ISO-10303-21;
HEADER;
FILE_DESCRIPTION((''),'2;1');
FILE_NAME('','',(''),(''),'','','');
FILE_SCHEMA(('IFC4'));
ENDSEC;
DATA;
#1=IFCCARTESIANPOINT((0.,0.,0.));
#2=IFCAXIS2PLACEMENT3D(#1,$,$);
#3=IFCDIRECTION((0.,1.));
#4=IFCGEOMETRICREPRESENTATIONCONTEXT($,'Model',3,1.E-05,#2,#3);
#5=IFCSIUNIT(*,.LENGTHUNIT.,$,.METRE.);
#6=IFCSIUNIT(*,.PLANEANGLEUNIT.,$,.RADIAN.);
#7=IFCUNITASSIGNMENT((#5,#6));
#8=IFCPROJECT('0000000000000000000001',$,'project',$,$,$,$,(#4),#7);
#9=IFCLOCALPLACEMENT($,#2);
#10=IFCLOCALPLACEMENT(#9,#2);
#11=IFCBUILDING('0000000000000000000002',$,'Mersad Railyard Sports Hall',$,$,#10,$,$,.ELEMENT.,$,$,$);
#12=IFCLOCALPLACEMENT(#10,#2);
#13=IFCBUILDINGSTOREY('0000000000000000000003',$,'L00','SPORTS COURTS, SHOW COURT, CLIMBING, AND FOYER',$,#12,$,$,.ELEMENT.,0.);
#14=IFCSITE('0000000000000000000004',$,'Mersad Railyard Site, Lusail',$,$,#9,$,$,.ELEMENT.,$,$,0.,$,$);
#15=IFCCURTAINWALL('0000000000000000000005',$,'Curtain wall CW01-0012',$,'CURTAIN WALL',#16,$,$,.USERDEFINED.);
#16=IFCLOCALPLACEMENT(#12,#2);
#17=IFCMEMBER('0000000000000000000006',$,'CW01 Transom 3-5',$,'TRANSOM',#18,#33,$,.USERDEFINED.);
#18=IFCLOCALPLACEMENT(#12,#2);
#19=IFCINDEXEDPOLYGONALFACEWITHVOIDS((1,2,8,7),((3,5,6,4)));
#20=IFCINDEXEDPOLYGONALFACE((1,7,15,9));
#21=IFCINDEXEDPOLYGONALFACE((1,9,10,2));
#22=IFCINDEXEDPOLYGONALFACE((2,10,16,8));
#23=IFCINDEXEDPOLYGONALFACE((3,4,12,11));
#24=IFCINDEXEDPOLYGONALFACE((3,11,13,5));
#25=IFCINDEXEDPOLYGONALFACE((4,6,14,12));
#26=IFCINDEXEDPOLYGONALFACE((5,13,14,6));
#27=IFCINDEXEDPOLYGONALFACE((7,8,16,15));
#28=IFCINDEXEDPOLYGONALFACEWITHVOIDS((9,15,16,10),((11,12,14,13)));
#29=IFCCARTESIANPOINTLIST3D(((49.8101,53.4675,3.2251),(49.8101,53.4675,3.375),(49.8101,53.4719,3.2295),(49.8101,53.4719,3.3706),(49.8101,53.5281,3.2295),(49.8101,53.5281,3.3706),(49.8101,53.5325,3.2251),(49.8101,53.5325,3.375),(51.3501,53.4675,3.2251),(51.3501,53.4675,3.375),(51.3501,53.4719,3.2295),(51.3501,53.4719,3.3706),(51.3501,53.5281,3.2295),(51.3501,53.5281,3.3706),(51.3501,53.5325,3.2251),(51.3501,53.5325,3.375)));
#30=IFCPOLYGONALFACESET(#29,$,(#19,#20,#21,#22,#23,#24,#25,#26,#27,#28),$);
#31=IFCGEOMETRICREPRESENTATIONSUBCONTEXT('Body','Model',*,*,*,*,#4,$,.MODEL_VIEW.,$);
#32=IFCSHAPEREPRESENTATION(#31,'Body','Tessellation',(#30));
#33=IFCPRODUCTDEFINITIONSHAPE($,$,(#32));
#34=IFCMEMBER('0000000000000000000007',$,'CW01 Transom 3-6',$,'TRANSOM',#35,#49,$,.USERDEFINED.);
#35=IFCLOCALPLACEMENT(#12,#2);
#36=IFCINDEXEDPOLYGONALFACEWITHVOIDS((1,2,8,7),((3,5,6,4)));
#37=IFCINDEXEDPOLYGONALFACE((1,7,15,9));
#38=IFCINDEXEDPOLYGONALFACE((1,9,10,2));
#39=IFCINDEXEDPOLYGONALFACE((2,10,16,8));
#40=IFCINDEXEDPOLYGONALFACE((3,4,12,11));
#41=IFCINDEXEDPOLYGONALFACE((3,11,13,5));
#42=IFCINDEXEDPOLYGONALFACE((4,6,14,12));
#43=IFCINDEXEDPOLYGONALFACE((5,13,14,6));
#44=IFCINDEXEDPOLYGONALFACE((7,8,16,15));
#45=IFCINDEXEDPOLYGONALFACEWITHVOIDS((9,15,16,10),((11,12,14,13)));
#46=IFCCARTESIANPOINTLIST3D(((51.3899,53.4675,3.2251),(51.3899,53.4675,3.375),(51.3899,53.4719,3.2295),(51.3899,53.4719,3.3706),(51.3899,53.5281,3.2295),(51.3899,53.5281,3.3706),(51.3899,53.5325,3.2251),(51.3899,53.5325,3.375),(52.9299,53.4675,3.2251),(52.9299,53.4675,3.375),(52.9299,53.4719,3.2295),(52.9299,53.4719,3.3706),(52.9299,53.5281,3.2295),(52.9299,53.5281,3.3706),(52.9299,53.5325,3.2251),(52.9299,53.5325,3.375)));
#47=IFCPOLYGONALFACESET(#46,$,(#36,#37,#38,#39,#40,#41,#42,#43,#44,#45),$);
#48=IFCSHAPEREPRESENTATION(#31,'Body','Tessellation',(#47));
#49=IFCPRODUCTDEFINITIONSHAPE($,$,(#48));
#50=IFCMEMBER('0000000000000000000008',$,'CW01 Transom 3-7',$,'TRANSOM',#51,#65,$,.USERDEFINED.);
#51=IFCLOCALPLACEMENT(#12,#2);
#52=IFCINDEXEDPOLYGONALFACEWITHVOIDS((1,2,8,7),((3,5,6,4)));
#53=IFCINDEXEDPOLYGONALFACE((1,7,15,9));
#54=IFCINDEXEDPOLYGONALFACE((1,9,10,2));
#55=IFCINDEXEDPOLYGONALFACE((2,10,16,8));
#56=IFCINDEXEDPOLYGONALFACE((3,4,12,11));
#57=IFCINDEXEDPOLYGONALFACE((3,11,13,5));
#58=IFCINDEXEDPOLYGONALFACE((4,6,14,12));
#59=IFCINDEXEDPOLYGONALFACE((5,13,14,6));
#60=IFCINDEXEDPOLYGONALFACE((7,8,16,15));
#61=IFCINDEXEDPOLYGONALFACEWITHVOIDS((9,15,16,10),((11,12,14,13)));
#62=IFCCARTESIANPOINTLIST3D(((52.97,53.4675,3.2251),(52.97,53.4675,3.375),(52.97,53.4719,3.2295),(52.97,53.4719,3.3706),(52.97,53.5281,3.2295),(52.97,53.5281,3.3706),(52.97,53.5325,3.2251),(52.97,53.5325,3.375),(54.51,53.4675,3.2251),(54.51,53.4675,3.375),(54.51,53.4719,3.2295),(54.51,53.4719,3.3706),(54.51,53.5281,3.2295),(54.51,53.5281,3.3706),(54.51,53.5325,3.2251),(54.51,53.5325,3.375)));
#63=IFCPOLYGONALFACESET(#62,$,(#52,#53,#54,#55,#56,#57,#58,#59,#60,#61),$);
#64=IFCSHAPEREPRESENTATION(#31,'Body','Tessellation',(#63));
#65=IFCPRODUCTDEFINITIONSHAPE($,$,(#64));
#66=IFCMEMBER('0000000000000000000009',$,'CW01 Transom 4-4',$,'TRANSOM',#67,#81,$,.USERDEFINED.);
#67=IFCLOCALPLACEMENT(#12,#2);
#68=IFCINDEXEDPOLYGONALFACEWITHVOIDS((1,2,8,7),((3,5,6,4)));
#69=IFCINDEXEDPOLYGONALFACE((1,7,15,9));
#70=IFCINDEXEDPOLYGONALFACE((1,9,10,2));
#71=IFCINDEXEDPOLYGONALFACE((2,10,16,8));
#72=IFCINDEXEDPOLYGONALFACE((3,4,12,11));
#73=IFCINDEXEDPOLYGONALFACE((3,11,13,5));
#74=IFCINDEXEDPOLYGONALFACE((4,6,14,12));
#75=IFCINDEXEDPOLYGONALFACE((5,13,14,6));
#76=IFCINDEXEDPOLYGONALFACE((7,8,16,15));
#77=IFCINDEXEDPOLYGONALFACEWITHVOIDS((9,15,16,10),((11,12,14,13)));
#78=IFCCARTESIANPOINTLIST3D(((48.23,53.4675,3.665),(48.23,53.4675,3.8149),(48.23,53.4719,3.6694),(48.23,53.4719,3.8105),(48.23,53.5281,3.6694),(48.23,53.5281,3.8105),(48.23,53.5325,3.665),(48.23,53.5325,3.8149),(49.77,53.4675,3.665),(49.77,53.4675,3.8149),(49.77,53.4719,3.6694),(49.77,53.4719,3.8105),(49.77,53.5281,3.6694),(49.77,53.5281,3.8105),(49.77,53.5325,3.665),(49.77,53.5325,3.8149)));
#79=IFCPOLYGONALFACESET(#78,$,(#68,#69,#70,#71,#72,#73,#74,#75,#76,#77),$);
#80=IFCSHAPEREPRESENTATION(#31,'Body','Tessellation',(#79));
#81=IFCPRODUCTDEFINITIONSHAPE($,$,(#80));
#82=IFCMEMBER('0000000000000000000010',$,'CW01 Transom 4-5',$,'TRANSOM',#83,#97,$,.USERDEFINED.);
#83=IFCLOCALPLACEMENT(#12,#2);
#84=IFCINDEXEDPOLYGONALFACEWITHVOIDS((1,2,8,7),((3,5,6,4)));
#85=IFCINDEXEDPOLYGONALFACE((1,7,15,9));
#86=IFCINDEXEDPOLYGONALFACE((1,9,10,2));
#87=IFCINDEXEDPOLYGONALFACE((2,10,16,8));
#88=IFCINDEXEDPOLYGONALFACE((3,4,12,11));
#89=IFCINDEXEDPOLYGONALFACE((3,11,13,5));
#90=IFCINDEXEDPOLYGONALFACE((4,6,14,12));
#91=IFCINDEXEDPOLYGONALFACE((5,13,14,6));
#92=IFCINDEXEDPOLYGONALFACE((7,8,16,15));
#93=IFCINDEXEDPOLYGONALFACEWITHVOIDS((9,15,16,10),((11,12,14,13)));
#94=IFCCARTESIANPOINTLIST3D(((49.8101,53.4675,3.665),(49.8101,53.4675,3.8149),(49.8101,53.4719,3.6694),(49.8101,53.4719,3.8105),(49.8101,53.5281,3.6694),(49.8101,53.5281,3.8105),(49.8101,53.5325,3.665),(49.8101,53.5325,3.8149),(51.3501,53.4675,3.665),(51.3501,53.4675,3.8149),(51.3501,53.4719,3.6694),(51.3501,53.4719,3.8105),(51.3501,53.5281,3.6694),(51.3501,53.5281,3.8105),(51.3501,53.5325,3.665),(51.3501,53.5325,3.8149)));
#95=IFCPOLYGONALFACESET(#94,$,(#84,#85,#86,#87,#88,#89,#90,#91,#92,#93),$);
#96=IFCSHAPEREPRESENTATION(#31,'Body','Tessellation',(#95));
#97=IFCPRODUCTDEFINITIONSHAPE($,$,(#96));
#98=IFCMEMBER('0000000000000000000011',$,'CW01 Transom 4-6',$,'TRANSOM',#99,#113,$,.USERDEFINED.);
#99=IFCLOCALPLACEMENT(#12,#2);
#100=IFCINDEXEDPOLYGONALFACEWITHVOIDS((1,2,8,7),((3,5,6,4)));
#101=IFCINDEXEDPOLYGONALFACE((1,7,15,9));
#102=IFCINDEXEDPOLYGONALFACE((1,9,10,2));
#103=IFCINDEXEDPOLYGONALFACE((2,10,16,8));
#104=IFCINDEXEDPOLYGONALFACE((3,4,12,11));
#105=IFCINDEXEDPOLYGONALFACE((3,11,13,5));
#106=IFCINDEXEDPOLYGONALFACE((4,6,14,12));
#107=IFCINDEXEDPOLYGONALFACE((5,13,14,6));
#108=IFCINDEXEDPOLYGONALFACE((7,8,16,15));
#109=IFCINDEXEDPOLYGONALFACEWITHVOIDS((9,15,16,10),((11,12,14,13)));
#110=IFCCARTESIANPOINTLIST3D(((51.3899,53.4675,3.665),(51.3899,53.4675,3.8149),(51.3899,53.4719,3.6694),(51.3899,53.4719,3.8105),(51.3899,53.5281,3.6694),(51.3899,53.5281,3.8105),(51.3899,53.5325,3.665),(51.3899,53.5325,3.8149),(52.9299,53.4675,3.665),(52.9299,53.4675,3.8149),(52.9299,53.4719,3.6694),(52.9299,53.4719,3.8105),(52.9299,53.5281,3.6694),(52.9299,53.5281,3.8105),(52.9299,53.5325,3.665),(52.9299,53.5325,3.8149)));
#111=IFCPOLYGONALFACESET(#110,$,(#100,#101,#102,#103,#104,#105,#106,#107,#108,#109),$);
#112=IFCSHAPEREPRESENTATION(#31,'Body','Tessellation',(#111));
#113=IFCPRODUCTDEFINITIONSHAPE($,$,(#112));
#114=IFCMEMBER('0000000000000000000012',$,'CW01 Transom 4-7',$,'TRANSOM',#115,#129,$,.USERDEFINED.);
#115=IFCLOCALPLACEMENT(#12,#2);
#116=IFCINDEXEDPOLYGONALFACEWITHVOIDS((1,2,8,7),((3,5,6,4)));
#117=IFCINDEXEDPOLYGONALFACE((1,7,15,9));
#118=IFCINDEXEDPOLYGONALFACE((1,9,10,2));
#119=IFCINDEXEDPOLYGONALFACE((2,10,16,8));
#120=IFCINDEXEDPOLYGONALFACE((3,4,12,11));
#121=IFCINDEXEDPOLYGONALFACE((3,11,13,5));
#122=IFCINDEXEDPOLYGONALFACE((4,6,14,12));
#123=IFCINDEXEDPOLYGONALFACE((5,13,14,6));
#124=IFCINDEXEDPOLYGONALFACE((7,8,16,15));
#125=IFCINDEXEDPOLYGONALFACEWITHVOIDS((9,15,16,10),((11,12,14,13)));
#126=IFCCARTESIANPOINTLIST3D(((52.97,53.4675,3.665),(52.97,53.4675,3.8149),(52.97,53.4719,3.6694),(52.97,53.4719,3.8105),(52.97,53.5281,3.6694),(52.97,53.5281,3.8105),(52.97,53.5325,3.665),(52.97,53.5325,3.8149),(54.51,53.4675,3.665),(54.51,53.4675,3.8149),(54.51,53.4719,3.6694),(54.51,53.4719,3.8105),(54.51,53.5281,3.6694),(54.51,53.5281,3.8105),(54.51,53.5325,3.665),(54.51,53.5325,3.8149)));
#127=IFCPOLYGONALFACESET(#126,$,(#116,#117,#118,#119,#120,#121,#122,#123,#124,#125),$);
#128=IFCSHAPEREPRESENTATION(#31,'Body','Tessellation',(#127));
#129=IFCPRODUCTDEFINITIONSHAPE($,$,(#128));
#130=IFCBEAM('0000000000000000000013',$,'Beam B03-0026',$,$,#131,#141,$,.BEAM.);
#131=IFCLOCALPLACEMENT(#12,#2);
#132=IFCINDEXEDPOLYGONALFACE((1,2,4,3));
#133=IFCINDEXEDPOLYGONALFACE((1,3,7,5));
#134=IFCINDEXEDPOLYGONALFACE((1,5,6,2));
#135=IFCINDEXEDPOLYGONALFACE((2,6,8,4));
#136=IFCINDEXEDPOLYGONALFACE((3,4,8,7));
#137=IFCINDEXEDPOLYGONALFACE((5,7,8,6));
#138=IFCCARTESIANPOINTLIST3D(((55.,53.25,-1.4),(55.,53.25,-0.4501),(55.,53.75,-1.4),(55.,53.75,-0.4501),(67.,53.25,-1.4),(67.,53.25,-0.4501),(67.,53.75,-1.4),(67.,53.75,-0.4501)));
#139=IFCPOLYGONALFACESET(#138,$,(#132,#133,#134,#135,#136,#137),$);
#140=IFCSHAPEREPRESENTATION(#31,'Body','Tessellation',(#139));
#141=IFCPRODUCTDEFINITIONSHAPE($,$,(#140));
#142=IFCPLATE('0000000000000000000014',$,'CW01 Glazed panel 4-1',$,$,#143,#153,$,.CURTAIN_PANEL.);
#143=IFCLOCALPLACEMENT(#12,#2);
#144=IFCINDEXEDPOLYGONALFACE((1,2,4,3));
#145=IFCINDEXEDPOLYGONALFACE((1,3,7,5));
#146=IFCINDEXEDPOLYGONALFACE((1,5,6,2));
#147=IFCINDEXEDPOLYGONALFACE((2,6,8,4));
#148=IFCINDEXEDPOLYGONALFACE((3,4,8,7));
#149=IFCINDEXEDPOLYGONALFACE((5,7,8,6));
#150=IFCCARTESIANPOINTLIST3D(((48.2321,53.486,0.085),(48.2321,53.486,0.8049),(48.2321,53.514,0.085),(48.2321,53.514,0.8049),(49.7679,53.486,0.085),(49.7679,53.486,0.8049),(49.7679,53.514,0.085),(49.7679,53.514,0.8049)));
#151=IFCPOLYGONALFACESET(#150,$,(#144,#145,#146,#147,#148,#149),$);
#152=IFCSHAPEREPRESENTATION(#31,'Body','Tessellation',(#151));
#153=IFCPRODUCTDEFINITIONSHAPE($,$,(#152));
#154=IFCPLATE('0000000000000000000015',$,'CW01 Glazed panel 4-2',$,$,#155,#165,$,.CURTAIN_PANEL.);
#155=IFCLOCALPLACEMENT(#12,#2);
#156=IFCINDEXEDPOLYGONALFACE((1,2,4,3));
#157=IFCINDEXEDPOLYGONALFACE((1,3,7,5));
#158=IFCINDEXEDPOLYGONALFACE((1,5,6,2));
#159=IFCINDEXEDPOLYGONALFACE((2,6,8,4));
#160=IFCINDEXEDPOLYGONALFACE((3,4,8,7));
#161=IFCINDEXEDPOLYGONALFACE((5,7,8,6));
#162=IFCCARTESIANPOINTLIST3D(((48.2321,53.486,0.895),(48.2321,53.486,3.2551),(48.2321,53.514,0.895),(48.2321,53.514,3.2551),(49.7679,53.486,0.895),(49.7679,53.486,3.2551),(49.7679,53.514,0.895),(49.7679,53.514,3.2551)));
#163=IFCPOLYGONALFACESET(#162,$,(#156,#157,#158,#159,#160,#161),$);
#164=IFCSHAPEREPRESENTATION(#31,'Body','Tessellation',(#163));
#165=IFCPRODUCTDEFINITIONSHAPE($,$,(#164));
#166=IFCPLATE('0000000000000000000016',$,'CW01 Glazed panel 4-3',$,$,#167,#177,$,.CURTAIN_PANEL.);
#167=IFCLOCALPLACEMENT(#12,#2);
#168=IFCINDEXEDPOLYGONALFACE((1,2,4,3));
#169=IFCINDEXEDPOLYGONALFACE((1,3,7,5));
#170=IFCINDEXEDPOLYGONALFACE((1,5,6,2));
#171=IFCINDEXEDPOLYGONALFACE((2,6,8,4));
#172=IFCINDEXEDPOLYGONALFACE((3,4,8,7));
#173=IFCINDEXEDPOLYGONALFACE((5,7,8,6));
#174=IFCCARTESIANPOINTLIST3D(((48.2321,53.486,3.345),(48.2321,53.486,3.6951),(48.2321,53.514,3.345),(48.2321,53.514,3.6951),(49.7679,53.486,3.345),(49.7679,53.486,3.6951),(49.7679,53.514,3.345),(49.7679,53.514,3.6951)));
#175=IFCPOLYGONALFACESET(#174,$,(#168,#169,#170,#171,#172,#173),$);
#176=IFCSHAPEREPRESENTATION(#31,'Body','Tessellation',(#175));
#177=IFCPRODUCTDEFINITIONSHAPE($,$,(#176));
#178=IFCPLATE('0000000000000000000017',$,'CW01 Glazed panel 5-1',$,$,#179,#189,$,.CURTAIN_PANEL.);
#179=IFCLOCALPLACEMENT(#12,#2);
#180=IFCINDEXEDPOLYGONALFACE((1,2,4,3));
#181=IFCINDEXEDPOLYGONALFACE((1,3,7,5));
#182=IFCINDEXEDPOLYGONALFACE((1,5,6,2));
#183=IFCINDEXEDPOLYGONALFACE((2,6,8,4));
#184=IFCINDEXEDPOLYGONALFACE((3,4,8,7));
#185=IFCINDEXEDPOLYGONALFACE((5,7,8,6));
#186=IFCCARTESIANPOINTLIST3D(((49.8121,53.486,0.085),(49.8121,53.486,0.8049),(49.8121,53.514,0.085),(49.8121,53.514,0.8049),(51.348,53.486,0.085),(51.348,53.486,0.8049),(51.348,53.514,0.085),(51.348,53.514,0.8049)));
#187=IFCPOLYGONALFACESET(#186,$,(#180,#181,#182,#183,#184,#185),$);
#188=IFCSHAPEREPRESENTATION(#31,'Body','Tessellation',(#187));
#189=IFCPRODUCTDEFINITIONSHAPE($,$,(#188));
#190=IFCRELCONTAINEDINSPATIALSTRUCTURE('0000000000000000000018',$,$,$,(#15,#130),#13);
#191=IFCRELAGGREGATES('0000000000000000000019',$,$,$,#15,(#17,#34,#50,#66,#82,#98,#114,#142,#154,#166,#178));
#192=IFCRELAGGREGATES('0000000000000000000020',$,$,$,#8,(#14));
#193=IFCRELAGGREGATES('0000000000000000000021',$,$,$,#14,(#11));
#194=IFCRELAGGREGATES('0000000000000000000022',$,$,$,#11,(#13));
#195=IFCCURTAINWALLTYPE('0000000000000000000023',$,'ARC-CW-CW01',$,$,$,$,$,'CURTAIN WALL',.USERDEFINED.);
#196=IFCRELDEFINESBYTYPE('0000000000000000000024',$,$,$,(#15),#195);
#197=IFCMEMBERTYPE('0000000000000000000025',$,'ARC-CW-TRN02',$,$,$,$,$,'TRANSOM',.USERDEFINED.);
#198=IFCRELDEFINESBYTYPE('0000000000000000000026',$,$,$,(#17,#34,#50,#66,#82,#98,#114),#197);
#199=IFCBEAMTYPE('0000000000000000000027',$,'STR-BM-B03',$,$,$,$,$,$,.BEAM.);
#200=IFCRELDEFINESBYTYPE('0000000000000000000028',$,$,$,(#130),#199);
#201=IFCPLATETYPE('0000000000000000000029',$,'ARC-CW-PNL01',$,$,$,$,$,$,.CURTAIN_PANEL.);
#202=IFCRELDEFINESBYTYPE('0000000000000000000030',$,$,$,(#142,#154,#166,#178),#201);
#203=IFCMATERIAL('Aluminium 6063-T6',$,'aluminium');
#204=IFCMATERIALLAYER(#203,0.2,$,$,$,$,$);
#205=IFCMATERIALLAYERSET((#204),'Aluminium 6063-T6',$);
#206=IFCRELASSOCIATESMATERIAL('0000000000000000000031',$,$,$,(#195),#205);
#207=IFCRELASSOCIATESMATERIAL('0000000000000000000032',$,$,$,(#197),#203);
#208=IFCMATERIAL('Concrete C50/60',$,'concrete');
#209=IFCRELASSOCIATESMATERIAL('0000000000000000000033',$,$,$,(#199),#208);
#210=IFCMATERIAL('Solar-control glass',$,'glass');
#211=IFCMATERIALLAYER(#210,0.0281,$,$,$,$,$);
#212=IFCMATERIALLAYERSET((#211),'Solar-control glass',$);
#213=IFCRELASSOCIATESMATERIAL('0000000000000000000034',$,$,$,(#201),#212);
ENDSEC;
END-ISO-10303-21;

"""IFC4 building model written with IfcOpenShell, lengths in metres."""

from ifc_helpers import new_model, si_unit, direction, frame, origin, origin_2d, place, context, subcontext, project, spatial, rectangle, hollow_rectangle, extrude, material, layer, layer_set, material_profile, profile_set, type_object, element, aggregate, save


model = new_model("IFC4")

# Units and contexts
model_context = context("Model", 3, precision=1e-05, world=origin(), true_north=direction((0.0, 1.0)))
body_context = subcontext(model_context, "Body", "Model", "MODEL_VIEW")
ifc_project = project(units=[si_unit("LENGTHUNIT", "METRE"), si_unit("PLANEANGLEUNIT", "RADIAN")], contexts=[model_context])

# Site, building, storey
site_placement = place(None, origin())
site = spatial("IfcSite", under=ifc_project, at=site_placement, Name="Mersad Railyard Site, Lusail", CompositionType="ELEMENT", RefElevation=0.0)
building_placement = place(site_placement, origin())
building = spatial("IfcBuilding", under=site, at=building_placement, Name="Mersad Railyard Sports Hall", CompositionType="ELEMENT")
storey_placement = place(building_placement, origin())
storey = spatial("IfcBuildingStorey", under=building, at=storey_placement, Name="L00", Description="SPORTS COURTS, SHOW COURT, CLIMBING, AND FOYER", CompositionType="ELEMENT", Elevation=0.0)

# Curtain wall, members
ifc_material_1 = material(Name="Aluminium 6063-T6", Category="aluminium")
ifc_layer_1 = layer(ifc_material_1, 0.2)
ifc_layer_set_1 = layer_set([ifc_layer_1], Name="Aluminium 6063-T6")
curtain_wall_type = type_object("IfcCurtainWallType", Name="ARC-CW-CW01", ElementType="CURTAIN WALL", PredefinedType="USERDEFINED", material=ifc_layer_set_1)
curtain_wall_placement = place(storey_placement, origin())
curtain_wall = element("IfcCurtainWall", 1, at=curtain_wall_placement, inside=storey, type_object=curtain_wall_type, Name="Curtain wall CW01-0012", ObjectType="CURTAIN WALL", PredefinedType="USERDEFINED")
ifc_material_profile_1 = material_profile(ifc_material_1, hollow_rectangle(XDim=0.0649, YDim=0.1499, WallThickness=0.0044, at=origin_2d()), Name="AL TRANSOM 65x150x4.5")
ifc_profile_set_1 = profile_set([ifc_material_profile_1], Name="Aluminium 6063-T6")
member_type_1 = type_object("IfcMemberType", Name="ARC-CW-TRN02", ElementType="TRANSOM", PredefinedType="USERDEFINED", material=ifc_profile_set_1)
member_1_placement = place(storey_placement, frame((49.8101, 53.5, 3.3), z_axis=(1.0, 0.0, 0.0), x_axis=(0.0, 1.0, 0.0)))
member_1 = element("IfcMember", 2, at=member_1_placement, type_object=member_type_1, Name="CW01 Transom 3-5", ObjectType="TRANSOM", PredefinedType="USERDEFINED", context=body_context, shape_type="SweptSolid", body=[
    extrude(hollow_rectangle(XDim=0.0649, YDim=0.1499, WallThickness=0.0044, at=origin_2d()), origin(), (0.0, 0.0, 1.0), 1.54),
])
member_2_placement = place(storey_placement, frame((51.3899, 53.5, 3.3), z_axis=(1.0, 0.0, 0.0), x_axis=(0.0, 1.0, 0.0)))
member_2 = element("IfcMember", 3, at=member_2_placement, type_object=member_type_1, Name="CW01 Transom 3-6", ObjectType="TRANSOM", PredefinedType="USERDEFINED", context=body_context, shape_type="SweptSolid", body=[
    extrude(hollow_rectangle(XDim=0.0649, YDim=0.1499, WallThickness=0.0044, at=origin_2d()), origin(), (0.0, 0.0, 1.0), 1.54),
])
member_3_placement = place(storey_placement, frame((52.97, 53.5, 3.3), z_axis=(1.0, 0.0, 0.0), x_axis=(0.0, 1.0, 0.0)))
member_3 = element("IfcMember", 4, at=member_3_placement, type_object=member_type_1, Name="CW01 Transom 3-7", ObjectType="TRANSOM", PredefinedType="USERDEFINED", context=body_context, shape_type="SweptSolid", body=[
    extrude(hollow_rectangle(XDim=0.0649, YDim=0.1499, WallThickness=0.0044, at=origin_2d()), origin(), (0.0, 0.0, 1.0), 1.54),
])
member_4_placement = place(storey_placement, frame((48.23, 53.5, 3.74), z_axis=(1.0, 0.0, 0.0), x_axis=(0.0, 1.0, 0.0)))
member_4 = element("IfcMember", 5, at=member_4_placement, type_object=member_type_1, Name="CW01 Transom 4-4", ObjectType="TRANSOM", PredefinedType="USERDEFINED", context=body_context, shape_type="SweptSolid", body=[
    extrude(hollow_rectangle(XDim=0.0649, YDim=0.1499, WallThickness=0.0044, at=origin_2d()), origin(), (0.0, 0.0, 1.0), 1.54),
])
member_5_placement = place(storey_placement, frame((49.8101, 53.5, 3.74), z_axis=(1.0, 0.0, 0.0), x_axis=(0.0, 1.0, 0.0)))
member_5 = element("IfcMember", 6, at=member_5_placement, type_object=member_type_1, Name="CW01 Transom 4-5", ObjectType="TRANSOM", PredefinedType="USERDEFINED", context=body_context, shape_type="SweptSolid", body=[
    extrude(hollow_rectangle(XDim=0.0649, YDim=0.1499, WallThickness=0.0044, at=origin_2d()), origin(), (0.0, 0.0, 1.0), 1.54),
])
member_6_placement = place(storey_placement, frame((51.3899, 53.5, 3.74), z_axis=(1.0, 0.0, 0.0), x_axis=(0.0, 1.0, 0.0)))
member_6 = element("IfcMember", 7, at=member_6_placement, type_object=member_type_1, Name="CW01 Transom 4-6", ObjectType="TRANSOM", PredefinedType="USERDEFINED", context=body_context, shape_type="SweptSolid", body=[
    extrude(hollow_rectangle(XDim=0.0649, YDim=0.1499, WallThickness=0.0044, at=origin_2d()), origin(), (0.0, 0.0, 1.0), 1.54),
])
member_7_placement = place(storey_placement, frame((52.97, 53.5, 3.74), z_axis=(1.0, 0.0, 0.0), x_axis=(0.0, 1.0, 0.0)))
member_7 = element("IfcMember", 8, at=member_7_placement, type_object=member_type_1, Name="CW01 Transom 4-7", ObjectType="TRANSOM", PredefinedType="USERDEFINED", context=body_context, shape_type="SweptSolid", body=[
    extrude(hollow_rectangle(XDim=0.0649, YDim=0.1499, WallThickness=0.0044, at=origin_2d()), origin(), (0.0, 0.0, 1.0), 1.54),
])

# Beam
ifc_material_2 = material(Name="Concrete C50/60", Category="concrete")
ifc_material_profile_2 = material_profile(ifc_material_2, rectangle(XDim=0.5, YDim=0.95, at=origin_2d()), Name="RC 500x950")
ifc_profile_set_2 = profile_set([ifc_material_profile_2], Name="Concrete C50/60")
beam_type = type_object("IfcBeamType", Name="STR-BM-B03", PredefinedType="BEAM", material=ifc_profile_set_2)
beam_placement = place(storey_placement, frame((55.0, 53.5, -0.925), z_axis=(1.0, 0.0, 0.0), x_axis=(0.0, 1.0, 0.0)))
element("IfcBeam", 9, at=beam_placement, inside=storey, type_object=beam_type, Name="Beam B03-0026", PredefinedType="BEAM", context=body_context, shape_type="SweptSolid", body=[
    extrude(rectangle(XDim=0.5, YDim=0.95, at=origin_2d()), origin(), (0.0, 0.0, 1.0), 12.0),
])

# Plates
ifc_material_3 = material(Name="Solar-control glass", Category="glass")
ifc_layer_2 = layer(ifc_material_3, 0.0281)
ifc_layer_set_2 = layer_set([ifc_layer_2], Name="Solar-control glass")
plate_type = type_object("IfcPlateType", Name="ARC-CW-PNL01", PredefinedType="CURTAIN_PANEL", material=ifc_layer_set_2)
plate_1_placement = place(storey_placement, frame((49.0, 53.5, 0.085), z_axis=(0.0, 0.0, 1.0), x_axis=(1.0, 0.0, 0.0)))
plate_1 = element("IfcPlate", 10, at=plate_1_placement, type_object=plate_type, Name="CW01 Glazed panel 4-1", PredefinedType="CURTAIN_PANEL", context=body_context, shape_type="SweptSolid", body=[
    extrude(rectangle(XDim=1.5359, YDim=0.0281, at=origin_2d()), origin(), (0.0, 0.0, 1.0), 0.72),
])
plate_2_placement = place(storey_placement, frame((49.0, 53.5, 0.895), z_axis=(0.0, 0.0, 1.0), x_axis=(1.0, 0.0, 0.0)))
plate_2 = element("IfcPlate", 11, at=plate_2_placement, type_object=plate_type, Name="CW01 Glazed panel 4-2", PredefinedType="CURTAIN_PANEL", context=body_context, shape_type="SweptSolid", body=[
    extrude(rectangle(XDim=1.5359, YDim=0.0281, at=origin_2d()), origin(), (0.0, 0.0, 1.0), 2.3601),
])
plate_3_placement = place(storey_placement, frame((49.0, 53.5, 3.345), z_axis=(0.0, 0.0, 1.0), x_axis=(1.0, 0.0, 0.0)))
plate_3 = element("IfcPlate", 12, at=plate_3_placement, type_object=plate_type, Name="CW01 Glazed panel 4-3", PredefinedType="CURTAIN_PANEL", context=body_context, shape_type="SweptSolid", body=[
    extrude(rectangle(XDim=1.5359, YDim=0.0281, at=origin_2d()), origin(), (0.0, 0.0, 1.0), 0.3501),
])
plate_4_placement = place(storey_placement, frame((50.5801, 53.5, 0.085), z_axis=(0.0, 0.0, 1.0), x_axis=(1.0, 0.0, 0.0)))
plate_4 = element("IfcPlate", 13, at=plate_4_placement, type_object=plate_type, Name="CW01 Glazed panel 5-1", PredefinedType="CURTAIN_PANEL", context=body_context, shape_type="SweptSolid", body=[
    extrude(rectangle(XDim=1.5359, YDim=0.0281, at=origin_2d()), origin(), (0.0, 0.0, 1.0), 0.72),
])
aggregate(curtain_wall, [member_1, member_2, member_3, member_4, member_5, member_6, member_7, plate_1, plate_2, plate_3, plate_4])

save(model, "model.ifc")
